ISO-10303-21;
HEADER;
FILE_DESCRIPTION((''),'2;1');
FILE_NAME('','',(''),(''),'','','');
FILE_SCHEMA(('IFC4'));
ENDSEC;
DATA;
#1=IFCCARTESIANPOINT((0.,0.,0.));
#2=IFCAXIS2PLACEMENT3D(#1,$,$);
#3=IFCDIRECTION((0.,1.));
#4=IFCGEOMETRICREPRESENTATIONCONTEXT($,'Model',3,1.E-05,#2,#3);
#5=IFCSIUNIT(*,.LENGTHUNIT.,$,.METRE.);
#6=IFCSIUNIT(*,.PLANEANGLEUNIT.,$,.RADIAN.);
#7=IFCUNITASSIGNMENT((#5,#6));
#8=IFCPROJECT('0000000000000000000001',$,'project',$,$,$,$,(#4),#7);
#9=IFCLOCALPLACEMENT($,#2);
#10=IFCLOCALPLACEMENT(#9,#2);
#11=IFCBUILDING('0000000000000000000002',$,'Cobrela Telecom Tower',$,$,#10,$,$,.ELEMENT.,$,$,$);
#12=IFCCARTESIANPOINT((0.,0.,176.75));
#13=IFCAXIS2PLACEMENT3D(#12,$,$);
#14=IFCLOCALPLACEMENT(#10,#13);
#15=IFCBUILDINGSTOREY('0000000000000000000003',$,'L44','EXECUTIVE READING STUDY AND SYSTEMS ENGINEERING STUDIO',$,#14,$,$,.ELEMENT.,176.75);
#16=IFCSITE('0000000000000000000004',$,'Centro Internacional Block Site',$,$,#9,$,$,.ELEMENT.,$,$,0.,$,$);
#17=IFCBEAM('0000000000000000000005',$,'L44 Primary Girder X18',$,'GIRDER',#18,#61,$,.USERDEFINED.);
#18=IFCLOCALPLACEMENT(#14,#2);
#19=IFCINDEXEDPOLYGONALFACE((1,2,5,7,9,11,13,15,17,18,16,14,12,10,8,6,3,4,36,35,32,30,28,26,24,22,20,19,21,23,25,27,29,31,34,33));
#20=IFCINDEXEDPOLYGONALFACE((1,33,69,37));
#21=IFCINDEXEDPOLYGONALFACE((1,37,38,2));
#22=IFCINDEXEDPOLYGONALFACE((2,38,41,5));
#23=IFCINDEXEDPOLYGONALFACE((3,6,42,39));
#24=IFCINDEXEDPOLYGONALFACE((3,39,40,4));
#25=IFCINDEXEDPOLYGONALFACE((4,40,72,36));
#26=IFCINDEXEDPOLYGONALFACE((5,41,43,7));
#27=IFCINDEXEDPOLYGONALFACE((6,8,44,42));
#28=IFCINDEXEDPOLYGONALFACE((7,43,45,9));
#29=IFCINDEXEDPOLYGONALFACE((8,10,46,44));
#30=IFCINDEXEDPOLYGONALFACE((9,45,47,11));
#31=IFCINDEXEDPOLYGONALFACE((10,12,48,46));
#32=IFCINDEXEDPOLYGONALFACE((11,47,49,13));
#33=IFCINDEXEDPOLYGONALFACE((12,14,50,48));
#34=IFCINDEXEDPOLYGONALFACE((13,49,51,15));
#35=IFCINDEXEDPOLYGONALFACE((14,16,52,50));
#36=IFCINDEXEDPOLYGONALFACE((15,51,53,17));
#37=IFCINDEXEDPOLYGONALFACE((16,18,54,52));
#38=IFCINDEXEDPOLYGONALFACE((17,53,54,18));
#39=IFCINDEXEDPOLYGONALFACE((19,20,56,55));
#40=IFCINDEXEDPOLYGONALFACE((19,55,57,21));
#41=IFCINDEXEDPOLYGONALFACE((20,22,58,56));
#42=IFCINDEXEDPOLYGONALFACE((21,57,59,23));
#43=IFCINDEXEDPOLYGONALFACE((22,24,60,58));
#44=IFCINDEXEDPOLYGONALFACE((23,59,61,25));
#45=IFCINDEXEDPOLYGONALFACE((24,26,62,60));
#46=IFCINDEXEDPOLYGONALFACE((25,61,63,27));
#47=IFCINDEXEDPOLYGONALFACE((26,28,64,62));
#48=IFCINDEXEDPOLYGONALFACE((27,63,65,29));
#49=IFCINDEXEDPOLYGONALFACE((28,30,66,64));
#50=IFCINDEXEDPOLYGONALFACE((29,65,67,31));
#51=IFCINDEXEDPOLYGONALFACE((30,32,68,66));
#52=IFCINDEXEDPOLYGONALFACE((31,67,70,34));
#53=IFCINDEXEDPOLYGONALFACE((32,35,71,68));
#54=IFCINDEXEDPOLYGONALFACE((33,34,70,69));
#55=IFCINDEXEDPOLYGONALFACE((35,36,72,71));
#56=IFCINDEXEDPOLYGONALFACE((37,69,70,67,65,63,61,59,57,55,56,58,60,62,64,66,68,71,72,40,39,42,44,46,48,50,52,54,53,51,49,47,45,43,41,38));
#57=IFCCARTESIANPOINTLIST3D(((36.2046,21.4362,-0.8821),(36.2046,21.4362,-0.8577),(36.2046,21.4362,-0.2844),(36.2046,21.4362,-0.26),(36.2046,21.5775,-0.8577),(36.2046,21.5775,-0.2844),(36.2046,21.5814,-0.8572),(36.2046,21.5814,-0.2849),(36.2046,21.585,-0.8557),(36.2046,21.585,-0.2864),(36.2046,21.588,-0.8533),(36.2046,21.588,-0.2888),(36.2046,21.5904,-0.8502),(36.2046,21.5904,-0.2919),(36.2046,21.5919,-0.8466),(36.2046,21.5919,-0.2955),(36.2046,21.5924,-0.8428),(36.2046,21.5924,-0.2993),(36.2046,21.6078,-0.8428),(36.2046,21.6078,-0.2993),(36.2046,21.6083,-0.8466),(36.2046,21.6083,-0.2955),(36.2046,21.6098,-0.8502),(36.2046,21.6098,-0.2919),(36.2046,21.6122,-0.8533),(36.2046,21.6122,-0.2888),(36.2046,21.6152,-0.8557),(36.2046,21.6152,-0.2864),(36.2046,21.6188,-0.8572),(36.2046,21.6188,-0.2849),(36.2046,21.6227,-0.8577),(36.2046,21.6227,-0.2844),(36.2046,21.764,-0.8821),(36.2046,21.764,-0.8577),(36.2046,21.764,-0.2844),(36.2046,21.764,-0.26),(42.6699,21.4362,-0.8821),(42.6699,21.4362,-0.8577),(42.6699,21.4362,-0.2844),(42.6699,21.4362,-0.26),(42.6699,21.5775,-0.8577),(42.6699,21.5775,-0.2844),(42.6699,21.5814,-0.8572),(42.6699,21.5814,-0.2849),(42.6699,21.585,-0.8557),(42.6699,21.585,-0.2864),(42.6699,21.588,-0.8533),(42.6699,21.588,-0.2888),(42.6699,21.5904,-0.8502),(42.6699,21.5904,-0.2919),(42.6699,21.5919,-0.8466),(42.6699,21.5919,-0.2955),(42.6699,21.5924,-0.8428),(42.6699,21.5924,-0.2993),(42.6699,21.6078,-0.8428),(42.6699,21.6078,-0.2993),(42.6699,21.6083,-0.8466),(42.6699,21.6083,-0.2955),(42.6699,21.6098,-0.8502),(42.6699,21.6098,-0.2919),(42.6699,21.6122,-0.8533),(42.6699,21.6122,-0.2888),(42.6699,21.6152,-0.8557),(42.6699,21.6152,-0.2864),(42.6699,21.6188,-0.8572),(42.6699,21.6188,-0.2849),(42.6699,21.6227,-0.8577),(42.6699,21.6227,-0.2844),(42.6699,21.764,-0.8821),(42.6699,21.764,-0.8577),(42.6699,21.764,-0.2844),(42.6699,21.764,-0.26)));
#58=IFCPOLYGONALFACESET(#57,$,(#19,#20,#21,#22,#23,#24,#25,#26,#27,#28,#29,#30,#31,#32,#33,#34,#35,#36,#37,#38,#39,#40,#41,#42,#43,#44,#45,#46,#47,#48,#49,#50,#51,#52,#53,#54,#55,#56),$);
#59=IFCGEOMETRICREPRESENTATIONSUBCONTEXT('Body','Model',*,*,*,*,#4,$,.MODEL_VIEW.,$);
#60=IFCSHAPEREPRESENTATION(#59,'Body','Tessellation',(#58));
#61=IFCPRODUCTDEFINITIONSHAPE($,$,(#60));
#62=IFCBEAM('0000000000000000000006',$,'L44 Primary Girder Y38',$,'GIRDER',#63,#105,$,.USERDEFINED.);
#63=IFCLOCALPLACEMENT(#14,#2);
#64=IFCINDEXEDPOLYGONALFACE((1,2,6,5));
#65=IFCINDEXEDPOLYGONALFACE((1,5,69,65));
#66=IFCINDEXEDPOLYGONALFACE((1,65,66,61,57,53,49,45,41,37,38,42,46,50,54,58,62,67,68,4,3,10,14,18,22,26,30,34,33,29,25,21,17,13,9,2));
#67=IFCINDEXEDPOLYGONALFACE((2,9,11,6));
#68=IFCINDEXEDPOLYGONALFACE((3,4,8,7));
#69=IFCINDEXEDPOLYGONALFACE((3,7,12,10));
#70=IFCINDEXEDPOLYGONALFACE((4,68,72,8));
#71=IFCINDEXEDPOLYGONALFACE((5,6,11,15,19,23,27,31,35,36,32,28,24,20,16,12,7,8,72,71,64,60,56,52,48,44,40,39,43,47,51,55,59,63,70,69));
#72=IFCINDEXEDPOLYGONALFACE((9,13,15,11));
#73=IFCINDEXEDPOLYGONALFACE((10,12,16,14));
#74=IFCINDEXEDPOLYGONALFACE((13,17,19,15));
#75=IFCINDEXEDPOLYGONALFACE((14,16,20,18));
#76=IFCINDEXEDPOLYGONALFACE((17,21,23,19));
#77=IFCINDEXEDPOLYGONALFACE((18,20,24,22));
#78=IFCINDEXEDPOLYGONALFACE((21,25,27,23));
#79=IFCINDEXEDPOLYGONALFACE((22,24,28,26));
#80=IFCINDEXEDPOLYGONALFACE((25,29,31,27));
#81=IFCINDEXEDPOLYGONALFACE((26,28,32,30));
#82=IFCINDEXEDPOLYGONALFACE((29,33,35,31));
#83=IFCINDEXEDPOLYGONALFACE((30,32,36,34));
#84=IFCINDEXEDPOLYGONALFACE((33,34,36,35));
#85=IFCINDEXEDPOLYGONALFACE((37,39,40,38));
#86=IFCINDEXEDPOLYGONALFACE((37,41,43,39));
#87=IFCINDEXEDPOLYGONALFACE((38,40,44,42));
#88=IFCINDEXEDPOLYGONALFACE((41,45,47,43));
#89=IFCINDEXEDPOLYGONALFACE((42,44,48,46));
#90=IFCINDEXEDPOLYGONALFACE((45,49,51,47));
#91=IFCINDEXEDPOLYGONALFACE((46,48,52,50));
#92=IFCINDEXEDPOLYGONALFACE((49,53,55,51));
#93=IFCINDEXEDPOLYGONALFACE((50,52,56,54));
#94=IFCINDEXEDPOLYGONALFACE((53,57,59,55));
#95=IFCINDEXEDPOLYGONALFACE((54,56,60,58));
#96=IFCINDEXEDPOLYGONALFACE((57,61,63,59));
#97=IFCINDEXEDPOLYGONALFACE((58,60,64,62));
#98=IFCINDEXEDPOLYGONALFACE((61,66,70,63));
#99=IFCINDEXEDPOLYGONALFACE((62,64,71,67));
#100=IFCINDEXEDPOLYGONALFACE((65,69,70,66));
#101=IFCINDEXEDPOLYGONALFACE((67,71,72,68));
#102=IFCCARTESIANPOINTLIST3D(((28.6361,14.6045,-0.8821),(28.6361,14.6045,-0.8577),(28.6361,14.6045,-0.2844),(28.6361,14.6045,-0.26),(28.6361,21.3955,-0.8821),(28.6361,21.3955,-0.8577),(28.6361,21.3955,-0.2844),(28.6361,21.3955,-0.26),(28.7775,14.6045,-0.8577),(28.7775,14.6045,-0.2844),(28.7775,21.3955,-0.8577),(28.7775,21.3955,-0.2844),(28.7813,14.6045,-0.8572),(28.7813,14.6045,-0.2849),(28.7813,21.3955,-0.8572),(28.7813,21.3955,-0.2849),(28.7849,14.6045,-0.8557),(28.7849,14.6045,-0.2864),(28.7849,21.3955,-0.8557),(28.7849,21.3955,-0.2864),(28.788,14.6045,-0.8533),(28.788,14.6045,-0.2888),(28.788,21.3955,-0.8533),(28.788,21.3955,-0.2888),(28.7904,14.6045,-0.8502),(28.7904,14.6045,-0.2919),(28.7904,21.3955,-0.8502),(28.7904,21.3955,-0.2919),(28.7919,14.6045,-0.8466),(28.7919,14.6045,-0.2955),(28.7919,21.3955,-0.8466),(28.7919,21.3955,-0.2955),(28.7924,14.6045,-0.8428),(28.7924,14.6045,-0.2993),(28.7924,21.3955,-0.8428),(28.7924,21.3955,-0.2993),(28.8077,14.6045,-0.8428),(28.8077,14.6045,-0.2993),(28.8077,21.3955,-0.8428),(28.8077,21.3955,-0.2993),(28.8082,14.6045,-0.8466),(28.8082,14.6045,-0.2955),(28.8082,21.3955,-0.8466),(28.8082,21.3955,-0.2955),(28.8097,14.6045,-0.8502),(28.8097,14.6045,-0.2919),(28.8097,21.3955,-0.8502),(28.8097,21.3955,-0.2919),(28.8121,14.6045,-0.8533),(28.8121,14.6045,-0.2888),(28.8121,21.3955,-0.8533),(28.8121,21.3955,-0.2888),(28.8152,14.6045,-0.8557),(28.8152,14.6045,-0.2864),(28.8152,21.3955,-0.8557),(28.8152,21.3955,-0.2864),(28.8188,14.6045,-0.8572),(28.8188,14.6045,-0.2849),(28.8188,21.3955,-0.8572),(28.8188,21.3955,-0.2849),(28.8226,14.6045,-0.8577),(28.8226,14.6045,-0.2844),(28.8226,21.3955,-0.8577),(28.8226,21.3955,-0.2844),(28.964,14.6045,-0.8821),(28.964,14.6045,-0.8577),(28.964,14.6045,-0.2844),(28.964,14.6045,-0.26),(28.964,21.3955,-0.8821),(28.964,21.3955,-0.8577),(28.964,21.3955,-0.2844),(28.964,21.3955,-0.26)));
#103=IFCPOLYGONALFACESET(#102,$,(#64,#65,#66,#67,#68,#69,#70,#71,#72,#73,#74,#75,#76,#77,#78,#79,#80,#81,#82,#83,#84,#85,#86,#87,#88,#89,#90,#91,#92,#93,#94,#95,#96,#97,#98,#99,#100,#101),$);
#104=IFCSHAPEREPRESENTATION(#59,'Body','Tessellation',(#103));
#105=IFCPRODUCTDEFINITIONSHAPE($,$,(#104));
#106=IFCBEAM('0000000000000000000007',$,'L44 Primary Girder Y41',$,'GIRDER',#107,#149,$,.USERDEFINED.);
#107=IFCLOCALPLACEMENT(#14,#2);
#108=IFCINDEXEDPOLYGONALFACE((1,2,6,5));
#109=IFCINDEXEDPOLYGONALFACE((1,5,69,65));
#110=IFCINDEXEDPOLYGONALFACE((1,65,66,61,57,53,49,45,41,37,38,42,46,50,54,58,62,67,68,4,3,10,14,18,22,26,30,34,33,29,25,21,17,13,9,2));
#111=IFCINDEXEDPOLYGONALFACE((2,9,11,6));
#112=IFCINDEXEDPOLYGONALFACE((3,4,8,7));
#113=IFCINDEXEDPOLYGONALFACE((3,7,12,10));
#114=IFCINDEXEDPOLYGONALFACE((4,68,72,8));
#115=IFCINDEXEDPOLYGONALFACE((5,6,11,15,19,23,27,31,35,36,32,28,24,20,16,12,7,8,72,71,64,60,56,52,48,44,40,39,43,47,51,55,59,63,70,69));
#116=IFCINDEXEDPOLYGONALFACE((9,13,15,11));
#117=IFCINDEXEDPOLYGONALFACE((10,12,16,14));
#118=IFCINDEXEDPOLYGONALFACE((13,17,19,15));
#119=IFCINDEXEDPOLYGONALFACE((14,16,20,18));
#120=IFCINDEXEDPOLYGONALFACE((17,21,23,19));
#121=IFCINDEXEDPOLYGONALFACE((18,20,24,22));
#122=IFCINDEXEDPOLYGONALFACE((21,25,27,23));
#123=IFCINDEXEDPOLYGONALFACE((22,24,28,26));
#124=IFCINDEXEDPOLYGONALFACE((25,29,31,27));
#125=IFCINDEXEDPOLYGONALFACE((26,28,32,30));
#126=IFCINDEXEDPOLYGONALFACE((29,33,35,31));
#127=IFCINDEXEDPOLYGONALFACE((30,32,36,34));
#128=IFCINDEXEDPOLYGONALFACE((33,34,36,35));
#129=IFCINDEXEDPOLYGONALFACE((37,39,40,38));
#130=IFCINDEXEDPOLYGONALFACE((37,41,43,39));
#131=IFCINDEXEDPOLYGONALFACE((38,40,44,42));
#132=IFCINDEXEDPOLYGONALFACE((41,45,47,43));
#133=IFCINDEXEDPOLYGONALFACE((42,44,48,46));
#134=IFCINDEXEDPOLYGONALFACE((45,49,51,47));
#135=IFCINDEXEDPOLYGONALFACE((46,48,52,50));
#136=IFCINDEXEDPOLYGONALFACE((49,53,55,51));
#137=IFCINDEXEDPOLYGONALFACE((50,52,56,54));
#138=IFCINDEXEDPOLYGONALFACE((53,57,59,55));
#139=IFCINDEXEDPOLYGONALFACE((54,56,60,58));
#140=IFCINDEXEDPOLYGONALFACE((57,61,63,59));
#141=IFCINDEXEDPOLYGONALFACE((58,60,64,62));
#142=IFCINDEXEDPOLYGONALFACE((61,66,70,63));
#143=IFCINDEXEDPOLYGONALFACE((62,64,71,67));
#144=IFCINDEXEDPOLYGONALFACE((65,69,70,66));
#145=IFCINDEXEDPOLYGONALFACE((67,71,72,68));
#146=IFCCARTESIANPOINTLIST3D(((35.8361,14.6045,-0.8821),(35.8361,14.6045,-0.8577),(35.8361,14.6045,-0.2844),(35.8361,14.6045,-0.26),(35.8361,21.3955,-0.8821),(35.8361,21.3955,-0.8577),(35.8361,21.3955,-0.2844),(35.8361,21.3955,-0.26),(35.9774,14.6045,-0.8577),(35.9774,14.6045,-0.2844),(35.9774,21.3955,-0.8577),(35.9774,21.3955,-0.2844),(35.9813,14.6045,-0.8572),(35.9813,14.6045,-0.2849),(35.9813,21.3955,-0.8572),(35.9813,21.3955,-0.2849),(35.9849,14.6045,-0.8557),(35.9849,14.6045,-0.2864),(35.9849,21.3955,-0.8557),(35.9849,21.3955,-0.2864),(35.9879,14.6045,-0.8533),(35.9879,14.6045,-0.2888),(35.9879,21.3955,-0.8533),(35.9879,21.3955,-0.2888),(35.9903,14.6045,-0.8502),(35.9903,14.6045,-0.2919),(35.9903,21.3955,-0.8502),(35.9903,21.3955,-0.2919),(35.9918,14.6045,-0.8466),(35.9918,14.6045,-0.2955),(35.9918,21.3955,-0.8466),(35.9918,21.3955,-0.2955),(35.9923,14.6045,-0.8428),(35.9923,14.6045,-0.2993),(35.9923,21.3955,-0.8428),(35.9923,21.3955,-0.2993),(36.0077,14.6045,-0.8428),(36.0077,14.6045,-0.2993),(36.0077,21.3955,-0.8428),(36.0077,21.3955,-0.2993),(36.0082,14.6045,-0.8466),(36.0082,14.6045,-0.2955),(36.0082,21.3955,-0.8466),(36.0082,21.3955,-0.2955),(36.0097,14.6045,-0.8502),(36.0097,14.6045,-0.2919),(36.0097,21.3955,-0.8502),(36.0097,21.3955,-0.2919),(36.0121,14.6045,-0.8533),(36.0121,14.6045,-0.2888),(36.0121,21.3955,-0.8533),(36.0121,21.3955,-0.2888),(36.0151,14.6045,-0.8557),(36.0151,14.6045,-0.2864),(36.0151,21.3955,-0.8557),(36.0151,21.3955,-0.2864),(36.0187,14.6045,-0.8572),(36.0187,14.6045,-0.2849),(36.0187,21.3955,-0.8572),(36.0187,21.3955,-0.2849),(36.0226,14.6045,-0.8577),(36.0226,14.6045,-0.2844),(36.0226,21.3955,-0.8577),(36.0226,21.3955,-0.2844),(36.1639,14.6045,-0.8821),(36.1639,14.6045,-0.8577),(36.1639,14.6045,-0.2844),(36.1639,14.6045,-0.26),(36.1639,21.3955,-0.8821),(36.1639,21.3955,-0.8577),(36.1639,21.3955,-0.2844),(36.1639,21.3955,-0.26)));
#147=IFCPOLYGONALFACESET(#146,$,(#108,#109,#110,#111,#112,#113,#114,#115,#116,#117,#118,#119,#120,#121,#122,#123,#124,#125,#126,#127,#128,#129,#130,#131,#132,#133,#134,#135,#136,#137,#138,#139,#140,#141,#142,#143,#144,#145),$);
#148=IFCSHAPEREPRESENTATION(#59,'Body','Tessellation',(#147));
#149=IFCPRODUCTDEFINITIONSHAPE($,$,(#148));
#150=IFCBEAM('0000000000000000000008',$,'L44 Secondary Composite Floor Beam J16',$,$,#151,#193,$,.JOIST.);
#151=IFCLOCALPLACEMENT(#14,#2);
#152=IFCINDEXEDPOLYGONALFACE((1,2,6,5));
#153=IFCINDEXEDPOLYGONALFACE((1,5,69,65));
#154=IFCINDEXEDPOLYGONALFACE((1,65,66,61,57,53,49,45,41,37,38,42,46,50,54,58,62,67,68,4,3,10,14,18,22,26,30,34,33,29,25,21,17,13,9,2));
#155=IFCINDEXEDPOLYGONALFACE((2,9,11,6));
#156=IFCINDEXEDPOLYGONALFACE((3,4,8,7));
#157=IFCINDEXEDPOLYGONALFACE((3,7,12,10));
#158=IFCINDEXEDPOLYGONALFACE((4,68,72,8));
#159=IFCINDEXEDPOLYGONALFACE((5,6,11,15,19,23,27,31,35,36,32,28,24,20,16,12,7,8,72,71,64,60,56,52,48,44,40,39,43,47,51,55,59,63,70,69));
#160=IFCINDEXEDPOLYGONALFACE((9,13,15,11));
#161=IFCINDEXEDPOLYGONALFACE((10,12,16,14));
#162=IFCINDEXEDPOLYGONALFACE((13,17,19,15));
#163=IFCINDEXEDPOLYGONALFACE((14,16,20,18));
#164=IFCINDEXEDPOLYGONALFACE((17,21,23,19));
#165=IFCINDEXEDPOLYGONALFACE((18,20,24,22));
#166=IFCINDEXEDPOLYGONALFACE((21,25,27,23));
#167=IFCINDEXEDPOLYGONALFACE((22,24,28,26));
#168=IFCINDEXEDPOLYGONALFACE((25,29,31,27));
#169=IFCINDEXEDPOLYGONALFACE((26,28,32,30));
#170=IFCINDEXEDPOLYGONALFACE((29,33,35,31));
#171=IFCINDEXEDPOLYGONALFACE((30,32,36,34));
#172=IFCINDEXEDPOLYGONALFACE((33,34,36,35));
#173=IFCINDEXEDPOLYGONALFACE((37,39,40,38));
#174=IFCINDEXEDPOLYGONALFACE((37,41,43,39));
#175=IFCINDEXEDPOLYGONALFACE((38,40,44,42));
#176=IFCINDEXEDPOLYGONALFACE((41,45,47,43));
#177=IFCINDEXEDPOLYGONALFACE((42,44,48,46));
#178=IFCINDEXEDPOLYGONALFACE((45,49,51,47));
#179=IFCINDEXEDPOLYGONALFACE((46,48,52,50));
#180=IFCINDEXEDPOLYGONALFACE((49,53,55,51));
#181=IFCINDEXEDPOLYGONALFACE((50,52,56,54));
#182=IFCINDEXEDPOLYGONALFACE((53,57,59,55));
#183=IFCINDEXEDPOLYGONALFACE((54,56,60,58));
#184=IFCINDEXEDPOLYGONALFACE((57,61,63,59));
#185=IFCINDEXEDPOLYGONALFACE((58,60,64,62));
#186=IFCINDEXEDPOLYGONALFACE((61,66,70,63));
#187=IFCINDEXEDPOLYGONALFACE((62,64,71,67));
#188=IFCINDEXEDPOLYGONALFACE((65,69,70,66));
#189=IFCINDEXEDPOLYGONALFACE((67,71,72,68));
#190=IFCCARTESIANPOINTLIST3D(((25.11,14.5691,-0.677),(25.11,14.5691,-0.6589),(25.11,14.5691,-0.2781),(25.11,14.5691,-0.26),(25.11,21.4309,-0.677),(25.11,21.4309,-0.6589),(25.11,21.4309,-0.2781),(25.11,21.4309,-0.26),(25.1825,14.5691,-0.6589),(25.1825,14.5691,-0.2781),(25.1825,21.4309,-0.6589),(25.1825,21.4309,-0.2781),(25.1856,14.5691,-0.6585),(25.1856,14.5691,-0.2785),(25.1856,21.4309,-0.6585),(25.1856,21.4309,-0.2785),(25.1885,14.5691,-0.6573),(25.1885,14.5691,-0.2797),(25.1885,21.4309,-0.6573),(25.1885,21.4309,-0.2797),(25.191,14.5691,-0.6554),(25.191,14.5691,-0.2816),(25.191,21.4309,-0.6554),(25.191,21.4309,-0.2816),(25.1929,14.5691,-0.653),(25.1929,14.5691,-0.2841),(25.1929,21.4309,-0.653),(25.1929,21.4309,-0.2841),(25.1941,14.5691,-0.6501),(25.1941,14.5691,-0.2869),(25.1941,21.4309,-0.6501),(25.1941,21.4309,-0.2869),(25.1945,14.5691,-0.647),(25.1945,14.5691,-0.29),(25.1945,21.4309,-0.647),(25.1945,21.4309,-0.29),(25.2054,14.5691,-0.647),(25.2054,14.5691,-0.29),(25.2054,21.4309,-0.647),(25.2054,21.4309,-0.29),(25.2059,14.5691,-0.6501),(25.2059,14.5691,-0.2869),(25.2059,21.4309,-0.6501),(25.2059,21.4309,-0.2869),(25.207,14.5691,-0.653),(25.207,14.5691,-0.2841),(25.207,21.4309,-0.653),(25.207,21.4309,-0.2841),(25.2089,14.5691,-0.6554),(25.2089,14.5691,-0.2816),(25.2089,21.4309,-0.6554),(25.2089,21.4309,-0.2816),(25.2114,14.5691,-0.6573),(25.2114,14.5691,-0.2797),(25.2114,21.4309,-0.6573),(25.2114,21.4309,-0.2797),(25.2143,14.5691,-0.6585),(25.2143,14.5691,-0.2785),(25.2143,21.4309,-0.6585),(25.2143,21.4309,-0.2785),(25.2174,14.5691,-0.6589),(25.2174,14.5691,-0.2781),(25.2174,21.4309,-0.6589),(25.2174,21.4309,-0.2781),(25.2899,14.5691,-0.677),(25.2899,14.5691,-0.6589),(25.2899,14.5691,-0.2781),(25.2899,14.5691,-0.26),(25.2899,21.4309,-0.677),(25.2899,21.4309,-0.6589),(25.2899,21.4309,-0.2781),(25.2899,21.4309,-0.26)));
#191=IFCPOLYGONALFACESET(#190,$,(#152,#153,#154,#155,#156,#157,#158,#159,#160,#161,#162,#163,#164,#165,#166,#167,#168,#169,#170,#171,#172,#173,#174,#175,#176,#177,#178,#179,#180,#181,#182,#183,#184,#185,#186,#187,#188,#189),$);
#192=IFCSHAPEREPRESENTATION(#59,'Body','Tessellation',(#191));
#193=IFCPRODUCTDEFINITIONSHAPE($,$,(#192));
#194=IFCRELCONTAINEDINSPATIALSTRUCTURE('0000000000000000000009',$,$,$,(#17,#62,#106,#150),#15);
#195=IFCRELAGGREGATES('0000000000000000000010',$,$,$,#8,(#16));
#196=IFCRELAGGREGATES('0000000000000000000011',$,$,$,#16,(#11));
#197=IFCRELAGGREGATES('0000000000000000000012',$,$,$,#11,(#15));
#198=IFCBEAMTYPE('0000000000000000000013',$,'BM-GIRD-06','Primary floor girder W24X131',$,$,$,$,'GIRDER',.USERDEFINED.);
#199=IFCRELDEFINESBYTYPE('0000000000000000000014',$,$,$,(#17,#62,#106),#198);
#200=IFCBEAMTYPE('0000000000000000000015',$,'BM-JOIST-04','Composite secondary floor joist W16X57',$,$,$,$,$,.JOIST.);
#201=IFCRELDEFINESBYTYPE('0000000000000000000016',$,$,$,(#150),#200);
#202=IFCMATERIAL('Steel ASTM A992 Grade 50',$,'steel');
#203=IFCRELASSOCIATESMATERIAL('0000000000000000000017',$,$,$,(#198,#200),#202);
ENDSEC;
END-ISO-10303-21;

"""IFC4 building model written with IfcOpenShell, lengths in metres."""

from ifc_helpers import new_model, si_unit, direction, frame, origin, origin_2d, place, context, subcontext, project, spatial, i_section, extrude, material, material_profile, profile_set, type_object, element, save


model = new_model("IFC4")

# Units and contexts
model_context = context("Model", 3, precision=1e-05, world=origin(), true_north=direction((0.0, 1.0)))
body_context = subcontext(model_context, "Body", "Model", "MODEL_VIEW")
ifc_project = project(units=[si_unit("LENGTHUNIT", "METRE"), si_unit("PLANEANGLEUNIT", "RADIAN")], contexts=[model_context])

# Site, building, storey
site_placement = place(None, origin())
site = spatial("IfcSite", under=ifc_project, at=site_placement, Name="Centro Internacional Block Site", CompositionType="ELEMENT", RefElevation=0.0)
building_placement = place(site_placement, origin())
building = spatial("IfcBuilding", under=site, at=building_placement, Name="Cobrela Telecom Tower", CompositionType="ELEMENT")
storey_placement = place(building_placement, frame((0.0, 0.0, 176.75)))
storey = spatial("IfcBuildingStorey", under=building, at=storey_placement, Name="L44", Description="EXECUTIVE READING STUDY AND SYSTEMS ENGINEERING STUDIO", CompositionType="ELEMENT", Elevation=176.75)

# Shared definitions
ifc_material_1 = material(Name="Steel ASTM A992 Grade 50", Category="steel")

# Beams
ifc_material_profile_1 = material_profile(ifc_material_1, i_section(OverallWidth=0.3279, OverallDepth=0.6221, WebThickness=0.0154, FlangeThickness=0.0244, FilletRadius=0.0149, at=origin_2d()), Name="W24X131")
ifc_profile_set_1 = profile_set([ifc_material_profile_1], Name="Steel ASTM A992 Grade 50")
beam_type_1 = type_object("IfcBeamType", Name="BM-GIRD-06", Description="Primary floor girder W24X131", ElementType="GIRDER", PredefinedType="USERDEFINED", material=ifc_profile_set_1)
beam_1_placement = place(storey_placement, frame((36.2046, 21.6001, -0.571), z_axis=(1.0, 0.0, 0.0), x_axis=(0.0, 1.0, 0.0)))
element("IfcBeam", 1, at=beam_1_placement, inside=storey, type_object=beam_type_1, Name="L44 Primary Girder X18", ObjectType="GIRDER", PredefinedType="USERDEFINED", context=body_context, shape_type="SweptSolid", body=[
    extrude(i_section(OverallWidth=0.3279, OverallDepth=0.6221, WebThickness=0.0154, FlangeThickness=0.0244, FilletRadius=0.0149, at=origin_2d()), origin(), (0.0, 0.0, 1.0), 6.4653),
])
for number, where, z_axis, x_axis, name in (
    (2, (28.8, 14.6045, -0.571), (0.0, 1.0, 0.0), (-1.0, 0.0, 0.0), "L44 Primary Girder Y38"),
    (3, (36.0, 14.6045, -0.571), (0.0, 1.0, 0.0), (-1.0, 0.0, 0.0), "L44 Primary Girder Y41"),
):
    element("IfcBeam", number, at=place(storey_placement, frame(where, z_axis=z_axis, x_axis=x_axis)), inside=storey, type_object=beam_type_1, Name=name, ObjectType="GIRDER", PredefinedType="USERDEFINED", context=body_context, shape_type="SweptSolid", body=[
        extrude(i_section(OverallWidth=0.3279, OverallDepth=0.6221, WebThickness=0.0154, FlangeThickness=0.0244, FilletRadius=0.0149, at=origin_2d()), origin(), (0.0, 0.0, 1.0), 6.791),
    ])
ifc_material_profile_2 = material_profile(ifc_material_1, i_section(OverallWidth=0.1799, OverallDepth=0.417, WebThickness=0.011, FlangeThickness=0.0181, FilletRadius=0.012, at=origin_2d()), Name="W16X57")
ifc_profile_set_2 = profile_set([ifc_material_profile_2], Name="Steel ASTM A992 Grade 50")
beam_type_2 = type_object("IfcBeamType", Name="BM-JOIST-04", Description="Composite secondary floor joist W16X57", PredefinedType="JOIST", material=ifc_profile_set_2)
for number, where, z_axis, x_axis, name in (
    (4, (25.2, 14.5691, -0.4685), (0.0, 1.0, 0.0), (-1.0, 0.0, 0.0), "L44 Secondary Composite Floor Beam J16"),
):
    element("IfcBeam", number, at=place(storey_placement, frame(where, z_axis=z_axis, x_axis=x_axis)), inside=storey, type_object=beam_type_2, Name=name, PredefinedType="JOIST", context=body_context, shape_type="SweptSolid", body=[
        extrude(i_section(OverallWidth=0.1799, OverallDepth=0.417, WebThickness=0.011, FlangeThickness=0.0181, FilletRadius=0.012, at=origin_2d()), origin(), (0.0, 0.0, 1.0), 6.8618),
    ])

save(model, "model.ifc")
